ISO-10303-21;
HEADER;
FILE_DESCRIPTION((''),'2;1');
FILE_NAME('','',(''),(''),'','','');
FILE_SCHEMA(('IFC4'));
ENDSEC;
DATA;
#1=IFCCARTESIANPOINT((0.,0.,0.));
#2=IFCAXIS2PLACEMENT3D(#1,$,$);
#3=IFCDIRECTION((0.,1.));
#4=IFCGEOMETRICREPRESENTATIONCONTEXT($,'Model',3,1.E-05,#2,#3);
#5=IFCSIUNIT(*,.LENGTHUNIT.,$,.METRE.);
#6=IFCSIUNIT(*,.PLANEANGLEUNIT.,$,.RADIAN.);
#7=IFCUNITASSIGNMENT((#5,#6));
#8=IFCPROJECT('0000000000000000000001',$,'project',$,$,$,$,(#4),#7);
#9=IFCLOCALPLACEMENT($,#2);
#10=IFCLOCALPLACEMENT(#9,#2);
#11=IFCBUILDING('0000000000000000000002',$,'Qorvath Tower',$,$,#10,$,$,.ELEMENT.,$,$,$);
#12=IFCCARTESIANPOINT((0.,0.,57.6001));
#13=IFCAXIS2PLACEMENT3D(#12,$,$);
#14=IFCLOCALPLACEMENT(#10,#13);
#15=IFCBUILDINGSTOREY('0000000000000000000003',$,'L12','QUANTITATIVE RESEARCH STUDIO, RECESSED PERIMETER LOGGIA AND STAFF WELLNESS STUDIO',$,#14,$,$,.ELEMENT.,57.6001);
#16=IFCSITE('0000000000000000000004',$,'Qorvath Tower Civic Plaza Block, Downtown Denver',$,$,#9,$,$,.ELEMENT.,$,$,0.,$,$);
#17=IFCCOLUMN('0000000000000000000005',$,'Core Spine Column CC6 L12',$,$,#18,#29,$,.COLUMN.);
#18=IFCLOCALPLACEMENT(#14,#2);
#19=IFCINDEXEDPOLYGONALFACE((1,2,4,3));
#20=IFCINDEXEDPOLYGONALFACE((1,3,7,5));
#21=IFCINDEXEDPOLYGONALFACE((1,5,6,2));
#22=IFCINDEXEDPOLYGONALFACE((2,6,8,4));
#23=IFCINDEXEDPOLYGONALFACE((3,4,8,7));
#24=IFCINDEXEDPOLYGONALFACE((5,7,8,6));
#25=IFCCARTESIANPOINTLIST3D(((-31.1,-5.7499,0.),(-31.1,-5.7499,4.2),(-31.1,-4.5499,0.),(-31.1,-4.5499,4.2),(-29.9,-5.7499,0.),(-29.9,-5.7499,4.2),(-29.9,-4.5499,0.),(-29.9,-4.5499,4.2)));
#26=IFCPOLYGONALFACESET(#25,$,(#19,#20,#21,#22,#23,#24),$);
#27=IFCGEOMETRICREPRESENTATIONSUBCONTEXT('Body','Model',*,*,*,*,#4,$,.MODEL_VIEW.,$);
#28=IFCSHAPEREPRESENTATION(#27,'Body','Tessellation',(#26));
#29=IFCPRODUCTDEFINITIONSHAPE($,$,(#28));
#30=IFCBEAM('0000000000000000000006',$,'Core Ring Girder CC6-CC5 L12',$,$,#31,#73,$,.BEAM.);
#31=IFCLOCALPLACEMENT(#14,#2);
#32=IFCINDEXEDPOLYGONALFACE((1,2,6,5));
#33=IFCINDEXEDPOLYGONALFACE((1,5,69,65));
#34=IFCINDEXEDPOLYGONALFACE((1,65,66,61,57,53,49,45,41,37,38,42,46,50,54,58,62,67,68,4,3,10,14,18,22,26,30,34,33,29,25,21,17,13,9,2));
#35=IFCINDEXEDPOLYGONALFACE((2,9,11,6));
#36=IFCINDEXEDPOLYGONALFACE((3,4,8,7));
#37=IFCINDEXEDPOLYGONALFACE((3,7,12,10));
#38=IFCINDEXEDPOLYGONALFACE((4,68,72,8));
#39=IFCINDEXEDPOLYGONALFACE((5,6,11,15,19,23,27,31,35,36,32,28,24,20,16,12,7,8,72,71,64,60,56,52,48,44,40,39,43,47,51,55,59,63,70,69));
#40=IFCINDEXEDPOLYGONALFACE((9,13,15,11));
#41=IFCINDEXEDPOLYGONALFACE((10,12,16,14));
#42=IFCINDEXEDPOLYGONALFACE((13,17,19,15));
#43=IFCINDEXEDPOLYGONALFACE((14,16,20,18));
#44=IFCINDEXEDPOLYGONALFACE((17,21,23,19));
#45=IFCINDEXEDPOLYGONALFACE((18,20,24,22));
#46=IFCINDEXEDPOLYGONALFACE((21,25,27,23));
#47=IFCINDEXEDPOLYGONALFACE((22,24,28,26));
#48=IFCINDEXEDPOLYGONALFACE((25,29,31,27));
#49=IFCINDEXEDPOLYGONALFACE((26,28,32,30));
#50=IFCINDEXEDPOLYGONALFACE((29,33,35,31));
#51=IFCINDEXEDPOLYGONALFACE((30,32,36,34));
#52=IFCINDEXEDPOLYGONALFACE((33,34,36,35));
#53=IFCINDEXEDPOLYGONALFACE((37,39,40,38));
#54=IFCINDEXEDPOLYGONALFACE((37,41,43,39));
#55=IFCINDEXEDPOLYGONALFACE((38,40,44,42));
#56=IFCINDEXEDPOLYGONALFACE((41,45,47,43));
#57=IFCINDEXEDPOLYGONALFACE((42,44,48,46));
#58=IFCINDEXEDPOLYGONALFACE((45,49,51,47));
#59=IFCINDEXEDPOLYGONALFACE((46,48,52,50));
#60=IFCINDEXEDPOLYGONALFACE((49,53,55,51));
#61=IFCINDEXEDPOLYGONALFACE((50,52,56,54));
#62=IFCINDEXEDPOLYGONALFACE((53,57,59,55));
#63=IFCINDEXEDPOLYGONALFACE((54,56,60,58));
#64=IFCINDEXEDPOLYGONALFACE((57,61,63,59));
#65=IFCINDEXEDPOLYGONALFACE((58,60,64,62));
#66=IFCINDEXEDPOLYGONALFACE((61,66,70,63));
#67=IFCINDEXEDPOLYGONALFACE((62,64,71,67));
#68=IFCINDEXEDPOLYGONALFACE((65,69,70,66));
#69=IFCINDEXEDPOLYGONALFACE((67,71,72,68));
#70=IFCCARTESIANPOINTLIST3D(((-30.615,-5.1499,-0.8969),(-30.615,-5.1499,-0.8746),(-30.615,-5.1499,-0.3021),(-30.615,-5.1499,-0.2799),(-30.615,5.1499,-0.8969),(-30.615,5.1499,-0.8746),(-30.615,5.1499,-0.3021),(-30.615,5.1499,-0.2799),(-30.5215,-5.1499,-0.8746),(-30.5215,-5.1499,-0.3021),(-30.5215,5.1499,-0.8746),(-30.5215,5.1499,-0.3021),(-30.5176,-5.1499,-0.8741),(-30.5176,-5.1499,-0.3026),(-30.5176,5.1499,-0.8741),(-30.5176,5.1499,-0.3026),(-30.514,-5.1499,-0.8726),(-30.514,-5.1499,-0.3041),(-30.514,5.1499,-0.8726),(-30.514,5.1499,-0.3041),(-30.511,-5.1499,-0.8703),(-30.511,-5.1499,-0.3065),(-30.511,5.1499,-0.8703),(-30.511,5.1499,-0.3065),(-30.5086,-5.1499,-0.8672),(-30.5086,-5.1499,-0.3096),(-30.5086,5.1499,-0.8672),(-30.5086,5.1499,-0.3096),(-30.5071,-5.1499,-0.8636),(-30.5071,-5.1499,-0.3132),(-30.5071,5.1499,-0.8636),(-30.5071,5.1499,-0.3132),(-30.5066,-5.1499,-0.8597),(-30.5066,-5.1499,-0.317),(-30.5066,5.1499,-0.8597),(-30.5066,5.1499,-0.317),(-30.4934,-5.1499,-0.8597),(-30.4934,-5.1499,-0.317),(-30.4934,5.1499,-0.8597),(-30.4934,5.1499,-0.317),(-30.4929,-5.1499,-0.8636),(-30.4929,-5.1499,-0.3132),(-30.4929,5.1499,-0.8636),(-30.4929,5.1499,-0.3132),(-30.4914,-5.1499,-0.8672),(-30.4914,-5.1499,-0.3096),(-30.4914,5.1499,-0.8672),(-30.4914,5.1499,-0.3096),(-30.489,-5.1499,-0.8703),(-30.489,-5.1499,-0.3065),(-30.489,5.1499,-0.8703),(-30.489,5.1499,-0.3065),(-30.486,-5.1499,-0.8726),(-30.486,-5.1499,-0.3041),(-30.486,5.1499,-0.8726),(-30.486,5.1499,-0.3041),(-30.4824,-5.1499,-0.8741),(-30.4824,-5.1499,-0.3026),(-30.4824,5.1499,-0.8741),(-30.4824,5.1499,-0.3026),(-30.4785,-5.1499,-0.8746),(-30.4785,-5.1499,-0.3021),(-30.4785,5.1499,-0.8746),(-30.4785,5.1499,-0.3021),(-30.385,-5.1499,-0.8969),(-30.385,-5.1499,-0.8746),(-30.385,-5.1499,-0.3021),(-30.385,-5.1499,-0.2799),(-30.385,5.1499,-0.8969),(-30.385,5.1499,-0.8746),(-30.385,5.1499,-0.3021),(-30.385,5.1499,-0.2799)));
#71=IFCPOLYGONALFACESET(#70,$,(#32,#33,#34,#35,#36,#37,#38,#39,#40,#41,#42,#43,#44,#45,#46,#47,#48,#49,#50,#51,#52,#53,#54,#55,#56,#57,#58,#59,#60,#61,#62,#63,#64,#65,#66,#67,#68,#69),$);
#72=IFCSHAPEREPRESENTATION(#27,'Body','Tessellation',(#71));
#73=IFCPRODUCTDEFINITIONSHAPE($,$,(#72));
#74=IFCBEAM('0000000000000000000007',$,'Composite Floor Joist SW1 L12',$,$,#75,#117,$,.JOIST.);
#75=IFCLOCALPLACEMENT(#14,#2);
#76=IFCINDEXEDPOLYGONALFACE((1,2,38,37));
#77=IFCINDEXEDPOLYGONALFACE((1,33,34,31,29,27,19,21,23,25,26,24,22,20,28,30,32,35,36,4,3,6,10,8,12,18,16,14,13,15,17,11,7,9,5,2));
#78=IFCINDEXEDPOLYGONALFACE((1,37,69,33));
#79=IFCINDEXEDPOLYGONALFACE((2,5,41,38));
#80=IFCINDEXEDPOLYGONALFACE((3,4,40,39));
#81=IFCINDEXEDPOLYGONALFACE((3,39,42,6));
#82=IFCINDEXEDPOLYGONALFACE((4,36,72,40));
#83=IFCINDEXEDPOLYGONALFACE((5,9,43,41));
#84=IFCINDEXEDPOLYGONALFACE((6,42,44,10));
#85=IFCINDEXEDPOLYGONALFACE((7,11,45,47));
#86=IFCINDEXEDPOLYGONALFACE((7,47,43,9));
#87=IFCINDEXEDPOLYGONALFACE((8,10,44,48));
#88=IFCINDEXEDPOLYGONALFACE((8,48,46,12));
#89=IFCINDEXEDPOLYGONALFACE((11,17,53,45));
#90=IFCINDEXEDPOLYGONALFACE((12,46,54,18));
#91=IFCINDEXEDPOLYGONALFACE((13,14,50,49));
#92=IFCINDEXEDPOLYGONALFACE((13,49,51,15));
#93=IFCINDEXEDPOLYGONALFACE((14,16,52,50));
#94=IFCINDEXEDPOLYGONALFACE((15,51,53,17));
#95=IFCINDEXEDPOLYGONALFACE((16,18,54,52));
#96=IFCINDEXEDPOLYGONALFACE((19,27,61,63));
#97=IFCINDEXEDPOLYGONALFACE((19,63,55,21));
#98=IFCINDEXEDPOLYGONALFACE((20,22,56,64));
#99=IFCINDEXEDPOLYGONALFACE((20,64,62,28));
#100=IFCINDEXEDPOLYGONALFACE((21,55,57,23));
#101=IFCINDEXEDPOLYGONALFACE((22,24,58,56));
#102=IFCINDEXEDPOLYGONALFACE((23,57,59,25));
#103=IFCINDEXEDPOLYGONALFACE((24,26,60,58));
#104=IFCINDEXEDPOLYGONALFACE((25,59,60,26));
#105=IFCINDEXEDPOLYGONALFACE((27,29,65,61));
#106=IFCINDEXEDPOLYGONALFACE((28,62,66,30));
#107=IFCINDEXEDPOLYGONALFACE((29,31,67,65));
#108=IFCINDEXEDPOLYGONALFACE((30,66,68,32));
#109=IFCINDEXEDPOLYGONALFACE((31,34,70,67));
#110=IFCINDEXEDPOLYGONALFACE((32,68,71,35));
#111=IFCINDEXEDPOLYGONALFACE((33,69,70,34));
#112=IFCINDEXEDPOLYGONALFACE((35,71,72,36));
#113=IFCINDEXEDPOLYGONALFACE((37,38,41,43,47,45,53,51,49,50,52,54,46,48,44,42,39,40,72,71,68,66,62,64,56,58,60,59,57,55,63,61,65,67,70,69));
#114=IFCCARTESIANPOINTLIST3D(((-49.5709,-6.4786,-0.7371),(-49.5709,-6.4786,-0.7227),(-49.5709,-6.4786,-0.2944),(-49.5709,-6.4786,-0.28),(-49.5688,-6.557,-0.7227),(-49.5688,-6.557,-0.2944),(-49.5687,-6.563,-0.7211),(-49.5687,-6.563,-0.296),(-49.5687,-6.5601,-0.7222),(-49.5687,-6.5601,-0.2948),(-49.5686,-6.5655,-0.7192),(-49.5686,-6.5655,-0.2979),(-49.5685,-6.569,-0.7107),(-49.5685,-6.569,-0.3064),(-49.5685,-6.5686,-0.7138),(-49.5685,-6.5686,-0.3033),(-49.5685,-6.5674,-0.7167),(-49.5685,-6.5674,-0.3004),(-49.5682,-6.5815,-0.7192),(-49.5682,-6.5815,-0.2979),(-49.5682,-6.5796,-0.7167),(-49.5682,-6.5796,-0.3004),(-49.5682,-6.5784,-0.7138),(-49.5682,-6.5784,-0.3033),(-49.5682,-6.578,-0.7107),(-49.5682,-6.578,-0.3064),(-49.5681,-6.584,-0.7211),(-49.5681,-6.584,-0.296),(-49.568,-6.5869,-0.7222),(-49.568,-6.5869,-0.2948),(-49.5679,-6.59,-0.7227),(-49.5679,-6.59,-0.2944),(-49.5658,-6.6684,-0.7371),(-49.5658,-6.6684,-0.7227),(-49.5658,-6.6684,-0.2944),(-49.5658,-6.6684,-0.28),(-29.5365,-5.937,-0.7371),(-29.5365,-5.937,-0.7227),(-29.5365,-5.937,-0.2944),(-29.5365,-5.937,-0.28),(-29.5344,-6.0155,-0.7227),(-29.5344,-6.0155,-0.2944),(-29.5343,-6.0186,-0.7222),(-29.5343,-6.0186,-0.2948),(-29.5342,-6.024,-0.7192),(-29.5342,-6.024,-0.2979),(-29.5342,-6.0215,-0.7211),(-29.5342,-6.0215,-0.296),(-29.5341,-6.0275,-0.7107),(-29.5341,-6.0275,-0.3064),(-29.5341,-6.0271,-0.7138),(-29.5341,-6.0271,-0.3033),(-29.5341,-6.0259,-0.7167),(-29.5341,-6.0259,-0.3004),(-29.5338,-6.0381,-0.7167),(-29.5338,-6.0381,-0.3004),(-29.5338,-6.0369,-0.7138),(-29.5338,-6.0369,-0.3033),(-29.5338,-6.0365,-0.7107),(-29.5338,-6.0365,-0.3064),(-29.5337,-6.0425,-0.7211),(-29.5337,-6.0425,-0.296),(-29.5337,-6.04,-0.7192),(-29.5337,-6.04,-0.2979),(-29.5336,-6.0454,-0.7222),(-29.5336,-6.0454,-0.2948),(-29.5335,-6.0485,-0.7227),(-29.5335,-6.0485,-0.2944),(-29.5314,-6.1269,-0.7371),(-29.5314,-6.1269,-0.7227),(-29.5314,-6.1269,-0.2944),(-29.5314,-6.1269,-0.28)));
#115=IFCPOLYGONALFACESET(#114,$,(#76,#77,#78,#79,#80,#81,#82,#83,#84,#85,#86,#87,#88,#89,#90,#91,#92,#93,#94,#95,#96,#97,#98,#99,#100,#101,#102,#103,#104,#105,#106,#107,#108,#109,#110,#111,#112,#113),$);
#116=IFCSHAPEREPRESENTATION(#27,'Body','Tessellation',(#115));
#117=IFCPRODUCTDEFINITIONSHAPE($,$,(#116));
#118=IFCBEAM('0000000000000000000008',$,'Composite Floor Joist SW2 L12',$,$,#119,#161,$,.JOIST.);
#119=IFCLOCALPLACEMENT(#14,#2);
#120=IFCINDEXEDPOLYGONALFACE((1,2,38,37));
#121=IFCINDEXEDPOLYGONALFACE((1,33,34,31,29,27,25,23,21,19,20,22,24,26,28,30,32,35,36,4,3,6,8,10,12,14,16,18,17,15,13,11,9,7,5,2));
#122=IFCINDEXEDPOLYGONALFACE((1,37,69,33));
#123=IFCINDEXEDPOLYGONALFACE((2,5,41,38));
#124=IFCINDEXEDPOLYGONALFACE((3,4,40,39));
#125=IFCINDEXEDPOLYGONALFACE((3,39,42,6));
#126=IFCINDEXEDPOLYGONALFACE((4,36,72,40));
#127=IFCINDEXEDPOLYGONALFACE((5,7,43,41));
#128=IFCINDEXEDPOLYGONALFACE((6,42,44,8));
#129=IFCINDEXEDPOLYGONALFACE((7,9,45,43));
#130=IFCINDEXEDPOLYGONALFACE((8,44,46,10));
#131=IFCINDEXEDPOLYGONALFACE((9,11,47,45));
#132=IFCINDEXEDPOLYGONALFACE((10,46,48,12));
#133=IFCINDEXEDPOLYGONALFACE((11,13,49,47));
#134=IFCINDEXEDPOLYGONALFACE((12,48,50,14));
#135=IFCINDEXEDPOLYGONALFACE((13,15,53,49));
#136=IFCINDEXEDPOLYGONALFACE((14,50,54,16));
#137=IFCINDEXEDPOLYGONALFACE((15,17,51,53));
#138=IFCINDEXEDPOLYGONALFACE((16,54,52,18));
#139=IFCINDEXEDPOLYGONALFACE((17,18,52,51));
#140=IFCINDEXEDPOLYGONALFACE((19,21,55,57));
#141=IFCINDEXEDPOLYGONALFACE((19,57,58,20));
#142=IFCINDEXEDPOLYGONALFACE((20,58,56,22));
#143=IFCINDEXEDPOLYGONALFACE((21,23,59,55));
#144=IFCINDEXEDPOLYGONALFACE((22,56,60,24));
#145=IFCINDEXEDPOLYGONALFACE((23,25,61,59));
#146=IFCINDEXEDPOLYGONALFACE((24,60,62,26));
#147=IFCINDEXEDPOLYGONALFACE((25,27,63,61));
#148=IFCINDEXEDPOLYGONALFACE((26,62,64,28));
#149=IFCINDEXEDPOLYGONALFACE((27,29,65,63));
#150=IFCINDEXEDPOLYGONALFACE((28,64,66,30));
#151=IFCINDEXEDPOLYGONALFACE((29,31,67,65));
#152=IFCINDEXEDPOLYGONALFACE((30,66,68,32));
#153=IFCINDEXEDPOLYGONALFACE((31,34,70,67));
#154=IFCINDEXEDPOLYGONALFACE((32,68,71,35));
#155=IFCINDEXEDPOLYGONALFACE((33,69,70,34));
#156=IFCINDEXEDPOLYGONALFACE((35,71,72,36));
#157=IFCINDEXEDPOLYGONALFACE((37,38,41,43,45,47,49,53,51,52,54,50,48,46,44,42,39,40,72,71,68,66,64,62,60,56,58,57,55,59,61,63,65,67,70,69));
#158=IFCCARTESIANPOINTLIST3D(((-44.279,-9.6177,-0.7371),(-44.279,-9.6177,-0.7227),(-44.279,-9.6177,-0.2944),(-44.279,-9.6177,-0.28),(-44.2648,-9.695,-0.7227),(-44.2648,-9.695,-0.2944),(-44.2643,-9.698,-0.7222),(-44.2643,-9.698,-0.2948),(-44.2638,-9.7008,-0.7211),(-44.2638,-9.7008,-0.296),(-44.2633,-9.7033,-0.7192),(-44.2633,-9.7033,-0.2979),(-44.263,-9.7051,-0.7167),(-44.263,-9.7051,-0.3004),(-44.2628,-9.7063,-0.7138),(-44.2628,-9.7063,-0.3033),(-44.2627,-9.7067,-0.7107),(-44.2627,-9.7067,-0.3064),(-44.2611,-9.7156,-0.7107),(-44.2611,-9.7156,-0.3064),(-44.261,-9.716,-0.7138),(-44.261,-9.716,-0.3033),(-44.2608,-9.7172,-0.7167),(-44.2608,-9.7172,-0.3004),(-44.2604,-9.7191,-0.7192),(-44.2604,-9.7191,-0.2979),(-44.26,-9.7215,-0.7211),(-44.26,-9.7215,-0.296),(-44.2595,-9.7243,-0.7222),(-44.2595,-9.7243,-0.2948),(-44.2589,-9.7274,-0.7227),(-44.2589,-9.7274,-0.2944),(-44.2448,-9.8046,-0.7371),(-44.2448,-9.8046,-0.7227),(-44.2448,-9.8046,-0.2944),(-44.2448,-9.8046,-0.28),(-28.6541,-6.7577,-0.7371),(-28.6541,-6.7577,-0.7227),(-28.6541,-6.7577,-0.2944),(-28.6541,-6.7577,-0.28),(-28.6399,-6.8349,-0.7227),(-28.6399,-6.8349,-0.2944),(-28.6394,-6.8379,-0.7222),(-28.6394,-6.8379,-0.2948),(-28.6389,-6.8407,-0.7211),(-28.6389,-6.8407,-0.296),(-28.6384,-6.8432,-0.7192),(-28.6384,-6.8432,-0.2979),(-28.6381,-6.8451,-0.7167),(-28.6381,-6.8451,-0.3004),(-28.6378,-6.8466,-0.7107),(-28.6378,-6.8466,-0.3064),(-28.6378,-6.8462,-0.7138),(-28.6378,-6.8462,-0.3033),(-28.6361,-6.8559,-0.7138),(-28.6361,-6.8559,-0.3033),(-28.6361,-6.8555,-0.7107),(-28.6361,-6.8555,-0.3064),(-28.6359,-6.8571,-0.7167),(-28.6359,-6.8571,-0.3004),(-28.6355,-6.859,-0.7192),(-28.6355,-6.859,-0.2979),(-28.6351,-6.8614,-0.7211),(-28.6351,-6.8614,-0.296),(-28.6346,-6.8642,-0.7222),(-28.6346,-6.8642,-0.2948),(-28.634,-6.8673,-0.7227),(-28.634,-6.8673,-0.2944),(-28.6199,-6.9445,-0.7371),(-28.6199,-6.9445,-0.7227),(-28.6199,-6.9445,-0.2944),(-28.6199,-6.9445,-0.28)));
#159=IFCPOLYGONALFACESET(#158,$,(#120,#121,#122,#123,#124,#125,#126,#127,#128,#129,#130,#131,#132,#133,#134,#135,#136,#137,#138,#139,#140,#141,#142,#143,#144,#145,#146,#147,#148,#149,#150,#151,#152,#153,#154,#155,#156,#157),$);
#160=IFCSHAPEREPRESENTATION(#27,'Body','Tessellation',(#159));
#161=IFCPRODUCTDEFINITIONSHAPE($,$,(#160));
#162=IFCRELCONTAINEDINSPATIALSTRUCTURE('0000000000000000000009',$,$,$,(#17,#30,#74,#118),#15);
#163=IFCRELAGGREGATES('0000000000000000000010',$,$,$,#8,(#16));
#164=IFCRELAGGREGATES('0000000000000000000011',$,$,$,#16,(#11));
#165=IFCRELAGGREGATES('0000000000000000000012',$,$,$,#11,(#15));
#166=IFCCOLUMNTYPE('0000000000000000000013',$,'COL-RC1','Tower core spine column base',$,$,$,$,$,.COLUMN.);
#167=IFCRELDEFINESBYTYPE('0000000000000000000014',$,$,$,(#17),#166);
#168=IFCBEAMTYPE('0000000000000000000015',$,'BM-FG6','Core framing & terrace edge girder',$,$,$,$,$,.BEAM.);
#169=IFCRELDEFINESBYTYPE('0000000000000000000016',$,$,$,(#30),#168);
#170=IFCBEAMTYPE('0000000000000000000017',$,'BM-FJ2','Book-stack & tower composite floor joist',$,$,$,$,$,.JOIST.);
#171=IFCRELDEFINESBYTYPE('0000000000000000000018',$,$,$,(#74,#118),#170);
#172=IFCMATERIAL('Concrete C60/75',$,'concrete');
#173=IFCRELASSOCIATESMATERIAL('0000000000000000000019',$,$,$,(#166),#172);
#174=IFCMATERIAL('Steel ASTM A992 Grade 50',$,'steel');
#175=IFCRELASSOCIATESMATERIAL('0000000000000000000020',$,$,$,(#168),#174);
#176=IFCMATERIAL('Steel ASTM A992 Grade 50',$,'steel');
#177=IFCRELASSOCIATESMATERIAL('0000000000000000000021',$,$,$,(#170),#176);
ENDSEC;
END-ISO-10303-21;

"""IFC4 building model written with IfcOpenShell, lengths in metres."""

from ifc_helpers import new_model, si_unit, direction, frame, origin, origin_2d, place, context, subcontext, project, spatial, rectangle, i_section, extrude, material, material_profile, profile_set, type_object, element, save


model = new_model("IFC4")

# Units and contexts
model_context = context("Model", 3, precision=1e-05, world=origin(), true_north=direction((0.0, 1.0)))
body_context = subcontext(model_context, "Body", "Model", "MODEL_VIEW")
ifc_project = project(units=[si_unit("LENGTHUNIT", "METRE"), si_unit("PLANEANGLEUNIT", "RADIAN")], contexts=[model_context])

# Site, building, storey
site_placement = place(None, origin())
site = spatial("IfcSite", under=ifc_project, at=site_placement, Name="Qorvath Tower Civic Plaza Block, Downtown Denver", CompositionType="ELEMENT", RefElevation=0.0)
building_placement = place(site_placement, origin())
building = spatial("IfcBuilding", under=site, at=building_placement, Name="Qorvath Tower", CompositionType="ELEMENT")
storey_placement = place(building_placement, frame((0.0, 0.0, 57.6001)))
storey = spatial("IfcBuildingStorey", under=building, at=storey_placement, Name="L12", Description="QUANTITATIVE RESEARCH STUDIO, RECESSED PERIMETER LOGGIA AND STAFF WELLNESS STUDIO", CompositionType="ELEMENT", Elevation=57.6001)

# Column
ifc_material_1 = material(Name="Concrete C60/75", Category="concrete")
ifc_material_profile_1 = material_profile(ifc_material_1, rectangle(XDim=1.2, YDim=1.2, at=origin_2d()), Name="RC 1200x1200")
ifc_profile_set_1 = profile_set([ifc_material_profile_1], Name="Concrete C60/75")
column_type = type_object("IfcColumnType", Name="COL-RC1", Description="Tower core spine column base", PredefinedType="COLUMN", material=ifc_profile_set_1)
column_placement = place(storey_placement, frame((-30.5, -5.1499, 0.0), z_axis=(0.0, 0.0, 1.0), x_axis=(1.0, 0.0, 0.0)))
element("IfcColumn", 1, at=column_placement, inside=storey, type_object=column_type, Name="Core Spine Column CC6 L12", PredefinedType="COLUMN", context=body_context, shape_type="SweptSolid", body=[
    extrude(rectangle(XDim=1.2, YDim=1.2, at=origin_2d()), origin(), (0.0, 0.0, 1.0), 4.2),
])

# Beams
ifc_material_2 = material(Name="Steel ASTM A992 Grade 50", Category="steel")
ifc_material_profile_2 = material_profile(ifc_material_2, i_section(OverallWidth=0.23, OverallDepth=0.6169, WebThickness=0.0132, FlangeThickness=0.0222, FilletRadius=0.0149, at=origin_2d()), Name="W24x94")
ifc_profile_set_2 = profile_set([ifc_material_profile_2], Name="Steel ASTM A992 Grade 50")
beam_type_1 = type_object("IfcBeamType", Name="BM-FG6", Description="Core framing & terrace edge girder", PredefinedType="BEAM", material=ifc_profile_set_2)
beam_1_placement = place(storey_placement, frame((-30.5, -5.1499, -0.5884), z_axis=(0.0, 1.0, 0.0), x_axis=(-1.0, 0.0, 0.0)))
element("IfcBeam", 2, at=beam_1_placement, inside=storey, type_object=beam_type_1, Name="Core Ring Girder CC6-CC5 L12", PredefinedType="BEAM", context=body_context, shape_type="SweptSolid", body=[
    extrude(i_section(OverallWidth=0.23, OverallDepth=0.6169, WebThickness=0.0132, FlangeThickness=0.0222, FilletRadius=0.0149, at=origin_2d()), origin(), (0.0, 0.0, 1.0), 10.2998),
])
ifc_material_3 = material(Name="Steel ASTM A992 Grade 50", Category="steel")
ifc_material_profile_3 = material_profile(ifc_material_3, i_section(OverallWidth=0.1899, OverallDepth=0.457, WebThickness=0.009, FlangeThickness=0.0144, FilletRadius=0.012, at=origin_2d()), Name="W18x50")
ifc_profile_set_3 = profile_set([ifc_material_profile_3], Name="Steel ASTM A992 Grade 50")
beam_type_2 = type_object("IfcBeamType", Name="BM-FJ2", Description="Book-stack & tower composite floor joist", PredefinedType="JOIST", material=ifc_profile_set_3)
beam_2_placement = place(storey_placement, frame((-29.5339, -6.032, -0.5085), z_axis=(-0.999635, -0.027019, 0.0), x_axis=(0.027019, -0.999635, 0.0)))
element("IfcBeam", 3, at=beam_2_placement, inside=storey, type_object=beam_type_2, Name="Composite Floor Joist SW1 L12", PredefinedType="JOIST", context=body_context, shape_type="SweptSolid", body=[
    extrude(i_section(OverallWidth=0.1899, OverallDepth=0.457, WebThickness=0.009, FlangeThickness=0.0144, FilletRadius=0.012, at=origin_2d()), origin(), (0.0, 0.0, 1.0), 20.0417),
])
beam_3_placement = place(storey_placement, frame((-28.637, -6.8511, -0.5085), z_axis=(-0.983656, -0.180055, 0.0), x_axis=(0.180055, -0.983656, 0.0)))
element("IfcBeam", 4, at=beam_3_placement, inside=storey, type_object=beam_type_2, Name="Composite Floor Joist SW2 L12", PredefinedType="JOIST", context=body_context, shape_type="SweptSolid", body=[
    extrude(i_section(OverallWidth=0.1899, OverallDepth=0.457, WebThickness=0.009, FlangeThickness=0.0144, FilletRadius=0.012, at=origin_2d()), origin(), (0.0, 0.0, 1.0), 15.8845),
])

save(model, "model.ifc")
